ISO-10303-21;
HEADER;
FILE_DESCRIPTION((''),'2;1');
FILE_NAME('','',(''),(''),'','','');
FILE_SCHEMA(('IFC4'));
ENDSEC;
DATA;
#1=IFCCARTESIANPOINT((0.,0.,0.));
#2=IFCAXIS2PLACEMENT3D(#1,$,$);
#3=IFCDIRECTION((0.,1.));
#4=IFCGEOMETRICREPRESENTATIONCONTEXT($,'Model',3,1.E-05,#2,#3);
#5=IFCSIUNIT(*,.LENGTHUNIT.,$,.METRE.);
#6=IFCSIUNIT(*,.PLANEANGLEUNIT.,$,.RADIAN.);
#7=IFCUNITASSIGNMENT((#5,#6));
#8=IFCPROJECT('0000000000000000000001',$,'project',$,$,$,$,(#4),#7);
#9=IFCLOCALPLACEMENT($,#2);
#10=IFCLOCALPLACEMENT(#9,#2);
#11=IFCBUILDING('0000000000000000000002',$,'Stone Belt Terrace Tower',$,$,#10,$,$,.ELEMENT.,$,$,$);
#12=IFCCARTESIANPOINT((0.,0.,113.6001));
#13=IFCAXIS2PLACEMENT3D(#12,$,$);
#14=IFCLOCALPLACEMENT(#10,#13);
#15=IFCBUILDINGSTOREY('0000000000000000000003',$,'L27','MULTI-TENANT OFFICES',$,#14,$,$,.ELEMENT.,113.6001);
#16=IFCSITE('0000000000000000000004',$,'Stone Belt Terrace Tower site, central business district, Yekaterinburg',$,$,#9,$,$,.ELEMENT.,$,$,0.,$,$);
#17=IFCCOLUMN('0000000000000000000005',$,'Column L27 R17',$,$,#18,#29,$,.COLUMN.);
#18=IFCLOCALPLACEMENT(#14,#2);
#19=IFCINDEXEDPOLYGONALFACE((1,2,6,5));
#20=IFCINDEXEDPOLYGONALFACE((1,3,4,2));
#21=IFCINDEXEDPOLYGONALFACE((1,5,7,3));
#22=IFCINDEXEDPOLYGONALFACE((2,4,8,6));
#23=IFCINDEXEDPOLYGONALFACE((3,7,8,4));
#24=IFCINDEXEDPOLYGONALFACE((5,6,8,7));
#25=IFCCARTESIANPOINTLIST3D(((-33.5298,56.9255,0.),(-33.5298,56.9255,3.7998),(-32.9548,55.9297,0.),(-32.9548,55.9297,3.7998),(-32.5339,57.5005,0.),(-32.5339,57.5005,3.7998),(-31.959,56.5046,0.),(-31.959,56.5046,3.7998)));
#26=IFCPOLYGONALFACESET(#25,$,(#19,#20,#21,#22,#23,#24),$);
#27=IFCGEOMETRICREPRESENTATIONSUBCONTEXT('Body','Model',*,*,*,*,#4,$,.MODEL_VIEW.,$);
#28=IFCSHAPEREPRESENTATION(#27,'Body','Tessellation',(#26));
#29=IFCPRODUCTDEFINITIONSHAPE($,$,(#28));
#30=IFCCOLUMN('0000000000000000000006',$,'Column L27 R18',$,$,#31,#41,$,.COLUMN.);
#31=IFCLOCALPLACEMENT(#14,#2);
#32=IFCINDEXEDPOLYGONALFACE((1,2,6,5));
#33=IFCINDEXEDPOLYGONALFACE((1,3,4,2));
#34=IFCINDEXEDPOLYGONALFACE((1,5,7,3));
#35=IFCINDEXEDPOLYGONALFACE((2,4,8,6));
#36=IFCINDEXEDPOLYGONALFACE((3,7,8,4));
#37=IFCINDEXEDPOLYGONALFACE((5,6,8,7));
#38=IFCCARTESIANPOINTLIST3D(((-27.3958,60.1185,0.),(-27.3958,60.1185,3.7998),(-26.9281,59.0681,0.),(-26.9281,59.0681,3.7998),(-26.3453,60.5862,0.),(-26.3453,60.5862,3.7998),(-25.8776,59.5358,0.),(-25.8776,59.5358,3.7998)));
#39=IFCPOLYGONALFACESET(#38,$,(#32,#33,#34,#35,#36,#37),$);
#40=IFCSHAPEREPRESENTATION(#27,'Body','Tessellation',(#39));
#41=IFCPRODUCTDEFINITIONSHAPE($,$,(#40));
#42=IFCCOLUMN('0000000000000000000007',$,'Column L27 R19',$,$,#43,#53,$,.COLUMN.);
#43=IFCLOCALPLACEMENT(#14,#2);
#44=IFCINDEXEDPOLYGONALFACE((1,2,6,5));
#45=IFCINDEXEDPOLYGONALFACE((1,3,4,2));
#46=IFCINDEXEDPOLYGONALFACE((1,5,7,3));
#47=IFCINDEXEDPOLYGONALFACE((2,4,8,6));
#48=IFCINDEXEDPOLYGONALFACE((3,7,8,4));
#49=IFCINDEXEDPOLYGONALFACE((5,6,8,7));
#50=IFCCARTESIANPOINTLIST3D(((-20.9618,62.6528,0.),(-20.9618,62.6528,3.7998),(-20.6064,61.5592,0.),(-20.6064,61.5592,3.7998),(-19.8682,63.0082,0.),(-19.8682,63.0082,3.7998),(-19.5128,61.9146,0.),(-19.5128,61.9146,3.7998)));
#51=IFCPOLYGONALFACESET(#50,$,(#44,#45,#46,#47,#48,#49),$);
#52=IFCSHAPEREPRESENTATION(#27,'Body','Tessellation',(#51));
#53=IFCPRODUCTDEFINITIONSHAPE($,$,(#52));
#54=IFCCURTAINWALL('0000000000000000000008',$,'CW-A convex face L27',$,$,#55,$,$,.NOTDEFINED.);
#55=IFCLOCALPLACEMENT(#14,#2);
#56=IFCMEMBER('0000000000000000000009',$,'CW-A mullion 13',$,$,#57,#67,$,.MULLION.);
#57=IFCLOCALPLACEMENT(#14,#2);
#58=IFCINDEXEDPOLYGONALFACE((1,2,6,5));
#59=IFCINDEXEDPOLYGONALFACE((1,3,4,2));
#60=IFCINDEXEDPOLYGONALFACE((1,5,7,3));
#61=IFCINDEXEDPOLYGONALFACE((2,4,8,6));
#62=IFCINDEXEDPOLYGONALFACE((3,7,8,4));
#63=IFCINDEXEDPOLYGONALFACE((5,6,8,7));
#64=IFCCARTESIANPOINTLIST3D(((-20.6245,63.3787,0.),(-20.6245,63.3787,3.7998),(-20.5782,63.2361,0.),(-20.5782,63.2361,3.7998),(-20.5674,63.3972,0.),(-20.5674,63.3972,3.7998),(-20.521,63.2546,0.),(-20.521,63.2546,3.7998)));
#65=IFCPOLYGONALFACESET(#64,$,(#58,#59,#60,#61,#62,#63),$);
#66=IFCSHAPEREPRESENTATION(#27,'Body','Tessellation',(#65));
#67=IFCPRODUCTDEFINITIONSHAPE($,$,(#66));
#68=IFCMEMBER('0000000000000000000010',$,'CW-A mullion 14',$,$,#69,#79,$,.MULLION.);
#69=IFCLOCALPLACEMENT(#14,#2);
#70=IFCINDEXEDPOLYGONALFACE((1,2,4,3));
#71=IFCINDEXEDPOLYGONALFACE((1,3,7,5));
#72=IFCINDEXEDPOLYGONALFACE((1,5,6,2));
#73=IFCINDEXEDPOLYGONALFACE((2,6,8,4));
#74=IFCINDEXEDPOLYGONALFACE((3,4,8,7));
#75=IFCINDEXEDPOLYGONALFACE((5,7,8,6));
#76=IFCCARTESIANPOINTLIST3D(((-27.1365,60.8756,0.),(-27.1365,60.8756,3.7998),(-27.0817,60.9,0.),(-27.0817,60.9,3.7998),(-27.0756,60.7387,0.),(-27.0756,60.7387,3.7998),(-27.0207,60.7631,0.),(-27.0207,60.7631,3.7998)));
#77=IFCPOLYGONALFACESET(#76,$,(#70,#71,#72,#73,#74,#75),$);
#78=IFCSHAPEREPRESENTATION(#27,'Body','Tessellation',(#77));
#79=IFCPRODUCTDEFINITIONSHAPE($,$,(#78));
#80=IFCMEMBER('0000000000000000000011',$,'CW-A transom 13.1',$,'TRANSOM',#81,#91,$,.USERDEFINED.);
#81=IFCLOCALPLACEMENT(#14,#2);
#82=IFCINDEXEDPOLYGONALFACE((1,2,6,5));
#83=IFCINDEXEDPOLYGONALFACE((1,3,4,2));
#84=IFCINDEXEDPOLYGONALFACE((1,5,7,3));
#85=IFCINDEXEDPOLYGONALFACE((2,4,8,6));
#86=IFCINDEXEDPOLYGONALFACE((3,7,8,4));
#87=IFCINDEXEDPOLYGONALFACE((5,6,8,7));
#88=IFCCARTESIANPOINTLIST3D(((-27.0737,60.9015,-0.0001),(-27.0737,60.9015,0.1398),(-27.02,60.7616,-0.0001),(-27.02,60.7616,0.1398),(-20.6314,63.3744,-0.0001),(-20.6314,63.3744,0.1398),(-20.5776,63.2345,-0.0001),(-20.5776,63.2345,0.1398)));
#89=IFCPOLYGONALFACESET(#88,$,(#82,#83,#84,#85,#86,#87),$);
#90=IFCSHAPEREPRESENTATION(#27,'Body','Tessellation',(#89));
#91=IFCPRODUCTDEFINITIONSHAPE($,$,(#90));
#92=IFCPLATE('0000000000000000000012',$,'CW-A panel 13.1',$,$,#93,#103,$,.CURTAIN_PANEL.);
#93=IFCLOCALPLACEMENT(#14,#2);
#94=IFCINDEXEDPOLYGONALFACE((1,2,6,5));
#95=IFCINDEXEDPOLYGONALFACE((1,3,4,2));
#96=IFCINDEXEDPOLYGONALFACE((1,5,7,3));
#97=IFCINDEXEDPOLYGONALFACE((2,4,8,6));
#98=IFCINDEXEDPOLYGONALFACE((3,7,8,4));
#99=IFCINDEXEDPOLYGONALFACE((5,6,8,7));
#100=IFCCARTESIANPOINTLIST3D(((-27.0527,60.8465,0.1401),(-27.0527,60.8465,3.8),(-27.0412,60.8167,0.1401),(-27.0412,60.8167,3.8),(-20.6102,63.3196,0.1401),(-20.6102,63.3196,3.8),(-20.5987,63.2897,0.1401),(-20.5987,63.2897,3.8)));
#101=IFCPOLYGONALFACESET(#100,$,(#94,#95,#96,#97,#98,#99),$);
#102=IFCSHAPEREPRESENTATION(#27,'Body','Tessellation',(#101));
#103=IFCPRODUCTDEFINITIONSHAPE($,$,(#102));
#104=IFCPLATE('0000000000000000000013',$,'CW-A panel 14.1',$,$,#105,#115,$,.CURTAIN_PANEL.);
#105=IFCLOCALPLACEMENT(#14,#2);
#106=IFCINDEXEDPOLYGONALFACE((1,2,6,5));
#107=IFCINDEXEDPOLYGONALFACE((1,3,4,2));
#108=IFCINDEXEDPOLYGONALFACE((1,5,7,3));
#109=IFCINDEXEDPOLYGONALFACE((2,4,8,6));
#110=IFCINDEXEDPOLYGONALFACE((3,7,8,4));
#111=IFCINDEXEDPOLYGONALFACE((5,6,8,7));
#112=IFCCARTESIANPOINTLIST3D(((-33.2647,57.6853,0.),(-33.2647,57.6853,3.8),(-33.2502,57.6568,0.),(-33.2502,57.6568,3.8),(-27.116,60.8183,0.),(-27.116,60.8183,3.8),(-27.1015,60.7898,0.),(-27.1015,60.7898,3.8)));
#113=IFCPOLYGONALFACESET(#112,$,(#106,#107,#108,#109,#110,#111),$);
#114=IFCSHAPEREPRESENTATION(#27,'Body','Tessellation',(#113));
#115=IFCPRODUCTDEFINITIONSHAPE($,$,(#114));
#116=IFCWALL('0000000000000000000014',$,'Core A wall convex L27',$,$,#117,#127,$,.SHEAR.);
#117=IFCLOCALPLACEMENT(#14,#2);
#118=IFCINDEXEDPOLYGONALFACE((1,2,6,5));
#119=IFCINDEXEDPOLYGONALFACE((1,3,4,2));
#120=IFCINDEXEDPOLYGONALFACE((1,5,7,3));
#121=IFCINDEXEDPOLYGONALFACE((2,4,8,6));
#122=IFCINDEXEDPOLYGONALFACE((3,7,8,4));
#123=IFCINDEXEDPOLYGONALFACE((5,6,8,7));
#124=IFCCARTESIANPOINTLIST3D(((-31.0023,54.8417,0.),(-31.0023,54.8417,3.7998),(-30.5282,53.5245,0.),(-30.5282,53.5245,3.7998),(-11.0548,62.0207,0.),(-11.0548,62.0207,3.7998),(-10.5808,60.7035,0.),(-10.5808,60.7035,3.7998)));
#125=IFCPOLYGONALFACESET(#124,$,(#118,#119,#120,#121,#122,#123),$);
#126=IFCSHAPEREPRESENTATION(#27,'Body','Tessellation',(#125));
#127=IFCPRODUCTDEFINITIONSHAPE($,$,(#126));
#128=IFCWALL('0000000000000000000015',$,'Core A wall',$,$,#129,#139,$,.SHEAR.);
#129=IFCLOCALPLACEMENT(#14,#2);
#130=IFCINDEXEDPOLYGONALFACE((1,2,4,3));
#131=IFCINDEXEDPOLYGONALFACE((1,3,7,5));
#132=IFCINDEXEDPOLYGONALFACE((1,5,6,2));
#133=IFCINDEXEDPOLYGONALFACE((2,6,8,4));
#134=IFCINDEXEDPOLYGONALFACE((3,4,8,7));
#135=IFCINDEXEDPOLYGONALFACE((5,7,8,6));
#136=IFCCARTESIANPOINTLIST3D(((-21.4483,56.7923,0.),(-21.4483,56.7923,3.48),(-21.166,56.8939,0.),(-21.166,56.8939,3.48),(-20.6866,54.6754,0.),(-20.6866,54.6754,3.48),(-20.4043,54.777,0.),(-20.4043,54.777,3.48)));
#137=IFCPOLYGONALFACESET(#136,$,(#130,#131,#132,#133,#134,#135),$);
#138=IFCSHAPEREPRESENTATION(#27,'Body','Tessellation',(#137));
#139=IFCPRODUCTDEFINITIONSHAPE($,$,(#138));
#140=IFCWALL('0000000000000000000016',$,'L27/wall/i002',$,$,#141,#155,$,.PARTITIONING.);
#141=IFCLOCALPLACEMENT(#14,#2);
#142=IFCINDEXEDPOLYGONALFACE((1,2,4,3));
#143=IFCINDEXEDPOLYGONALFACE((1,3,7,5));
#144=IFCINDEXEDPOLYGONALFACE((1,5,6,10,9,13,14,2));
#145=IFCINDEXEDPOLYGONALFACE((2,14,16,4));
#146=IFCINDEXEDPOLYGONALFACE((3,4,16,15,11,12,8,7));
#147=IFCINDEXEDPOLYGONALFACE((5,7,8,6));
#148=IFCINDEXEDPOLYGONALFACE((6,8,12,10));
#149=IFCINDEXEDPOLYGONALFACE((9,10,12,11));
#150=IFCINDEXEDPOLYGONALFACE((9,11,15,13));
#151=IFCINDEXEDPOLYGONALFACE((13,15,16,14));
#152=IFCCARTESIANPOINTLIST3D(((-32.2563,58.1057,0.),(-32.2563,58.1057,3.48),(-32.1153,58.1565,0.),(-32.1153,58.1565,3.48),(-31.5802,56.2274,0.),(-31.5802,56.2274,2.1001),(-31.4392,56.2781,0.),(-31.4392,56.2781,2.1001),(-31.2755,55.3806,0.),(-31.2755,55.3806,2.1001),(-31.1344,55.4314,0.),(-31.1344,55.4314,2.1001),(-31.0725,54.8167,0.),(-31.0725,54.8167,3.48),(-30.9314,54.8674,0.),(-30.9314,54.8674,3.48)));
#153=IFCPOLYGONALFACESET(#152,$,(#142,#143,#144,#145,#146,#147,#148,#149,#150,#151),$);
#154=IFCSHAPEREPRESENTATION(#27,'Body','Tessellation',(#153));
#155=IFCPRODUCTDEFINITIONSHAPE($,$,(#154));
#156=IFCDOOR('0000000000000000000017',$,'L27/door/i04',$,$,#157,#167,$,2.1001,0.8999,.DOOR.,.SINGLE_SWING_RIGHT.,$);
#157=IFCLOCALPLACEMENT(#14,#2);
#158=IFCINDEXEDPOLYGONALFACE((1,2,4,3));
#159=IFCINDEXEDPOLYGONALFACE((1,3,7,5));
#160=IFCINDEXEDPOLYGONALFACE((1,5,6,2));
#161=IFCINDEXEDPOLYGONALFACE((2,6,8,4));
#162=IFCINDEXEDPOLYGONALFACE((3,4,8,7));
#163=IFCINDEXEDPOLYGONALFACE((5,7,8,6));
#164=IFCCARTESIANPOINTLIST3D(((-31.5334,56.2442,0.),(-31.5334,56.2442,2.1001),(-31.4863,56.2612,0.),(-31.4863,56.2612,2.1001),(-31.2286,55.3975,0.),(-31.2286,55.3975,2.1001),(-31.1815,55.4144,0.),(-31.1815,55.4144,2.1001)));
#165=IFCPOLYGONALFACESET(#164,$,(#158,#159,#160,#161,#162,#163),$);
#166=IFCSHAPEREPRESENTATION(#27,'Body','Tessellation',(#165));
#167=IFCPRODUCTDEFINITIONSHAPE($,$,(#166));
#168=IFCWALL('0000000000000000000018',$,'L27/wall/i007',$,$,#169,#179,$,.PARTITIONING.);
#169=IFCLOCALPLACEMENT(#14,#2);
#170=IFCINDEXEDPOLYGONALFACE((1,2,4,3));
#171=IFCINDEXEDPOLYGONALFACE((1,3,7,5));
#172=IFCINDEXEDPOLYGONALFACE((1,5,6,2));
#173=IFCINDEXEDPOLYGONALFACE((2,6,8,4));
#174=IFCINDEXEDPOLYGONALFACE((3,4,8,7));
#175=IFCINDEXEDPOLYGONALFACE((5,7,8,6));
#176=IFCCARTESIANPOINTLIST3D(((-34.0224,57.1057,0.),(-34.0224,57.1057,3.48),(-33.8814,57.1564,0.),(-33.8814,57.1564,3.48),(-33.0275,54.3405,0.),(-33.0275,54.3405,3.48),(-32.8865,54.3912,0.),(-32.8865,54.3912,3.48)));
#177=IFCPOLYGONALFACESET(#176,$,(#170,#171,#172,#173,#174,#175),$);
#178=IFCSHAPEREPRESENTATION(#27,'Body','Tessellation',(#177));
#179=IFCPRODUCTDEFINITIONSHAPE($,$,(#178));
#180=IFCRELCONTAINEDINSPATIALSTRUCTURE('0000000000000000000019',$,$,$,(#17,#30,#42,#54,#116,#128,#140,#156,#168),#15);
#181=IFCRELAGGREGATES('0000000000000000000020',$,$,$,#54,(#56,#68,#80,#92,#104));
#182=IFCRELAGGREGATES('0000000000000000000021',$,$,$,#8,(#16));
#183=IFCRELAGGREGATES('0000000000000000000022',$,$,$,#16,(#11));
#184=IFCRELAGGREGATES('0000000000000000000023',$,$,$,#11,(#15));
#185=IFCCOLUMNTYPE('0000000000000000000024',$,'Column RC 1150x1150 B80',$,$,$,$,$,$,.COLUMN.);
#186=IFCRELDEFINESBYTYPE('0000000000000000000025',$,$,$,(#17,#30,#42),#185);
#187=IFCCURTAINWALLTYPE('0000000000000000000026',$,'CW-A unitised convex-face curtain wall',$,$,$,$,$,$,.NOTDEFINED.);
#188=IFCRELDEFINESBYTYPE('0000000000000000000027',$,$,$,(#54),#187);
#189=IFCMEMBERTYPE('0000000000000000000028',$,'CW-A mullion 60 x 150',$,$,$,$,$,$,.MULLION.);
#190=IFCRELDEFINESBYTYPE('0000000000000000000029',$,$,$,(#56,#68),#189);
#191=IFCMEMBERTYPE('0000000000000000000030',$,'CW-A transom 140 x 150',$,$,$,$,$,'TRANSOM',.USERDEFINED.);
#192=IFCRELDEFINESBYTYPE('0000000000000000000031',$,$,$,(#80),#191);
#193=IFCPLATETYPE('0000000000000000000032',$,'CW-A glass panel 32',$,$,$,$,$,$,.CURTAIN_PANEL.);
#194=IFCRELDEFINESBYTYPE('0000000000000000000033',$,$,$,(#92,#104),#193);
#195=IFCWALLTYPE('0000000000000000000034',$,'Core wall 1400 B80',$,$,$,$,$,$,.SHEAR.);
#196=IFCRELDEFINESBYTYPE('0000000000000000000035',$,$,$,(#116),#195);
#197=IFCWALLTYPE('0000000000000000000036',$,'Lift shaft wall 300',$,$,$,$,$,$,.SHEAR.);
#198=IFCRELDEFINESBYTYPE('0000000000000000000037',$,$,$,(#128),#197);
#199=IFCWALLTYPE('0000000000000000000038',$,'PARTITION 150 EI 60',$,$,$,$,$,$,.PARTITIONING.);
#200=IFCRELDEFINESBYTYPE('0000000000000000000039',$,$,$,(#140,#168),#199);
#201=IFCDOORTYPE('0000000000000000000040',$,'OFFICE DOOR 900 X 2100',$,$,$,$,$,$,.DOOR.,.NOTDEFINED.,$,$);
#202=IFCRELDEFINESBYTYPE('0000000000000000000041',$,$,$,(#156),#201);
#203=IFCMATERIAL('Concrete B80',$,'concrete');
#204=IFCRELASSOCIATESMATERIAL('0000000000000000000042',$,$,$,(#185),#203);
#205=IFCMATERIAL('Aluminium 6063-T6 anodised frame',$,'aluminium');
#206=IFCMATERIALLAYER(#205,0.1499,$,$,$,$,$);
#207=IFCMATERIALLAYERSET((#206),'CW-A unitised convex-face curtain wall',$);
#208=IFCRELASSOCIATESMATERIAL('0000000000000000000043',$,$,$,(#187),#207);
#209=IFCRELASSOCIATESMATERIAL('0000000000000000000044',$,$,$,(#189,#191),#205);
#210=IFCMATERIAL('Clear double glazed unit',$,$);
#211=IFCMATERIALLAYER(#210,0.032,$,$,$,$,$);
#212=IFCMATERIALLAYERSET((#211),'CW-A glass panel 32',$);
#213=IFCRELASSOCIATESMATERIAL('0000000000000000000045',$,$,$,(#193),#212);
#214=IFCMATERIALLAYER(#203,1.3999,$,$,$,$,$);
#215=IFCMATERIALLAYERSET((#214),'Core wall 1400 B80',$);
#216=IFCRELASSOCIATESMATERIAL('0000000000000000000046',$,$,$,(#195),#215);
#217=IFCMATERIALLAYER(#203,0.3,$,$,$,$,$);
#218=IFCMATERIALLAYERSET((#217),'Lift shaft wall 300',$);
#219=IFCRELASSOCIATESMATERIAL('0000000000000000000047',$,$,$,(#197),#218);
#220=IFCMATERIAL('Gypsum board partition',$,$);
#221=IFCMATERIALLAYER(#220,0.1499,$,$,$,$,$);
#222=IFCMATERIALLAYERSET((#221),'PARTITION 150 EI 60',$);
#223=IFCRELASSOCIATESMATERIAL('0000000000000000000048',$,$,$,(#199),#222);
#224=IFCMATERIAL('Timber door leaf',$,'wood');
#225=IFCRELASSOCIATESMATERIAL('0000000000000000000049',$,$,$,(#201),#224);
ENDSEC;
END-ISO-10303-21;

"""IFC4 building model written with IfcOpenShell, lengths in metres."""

from ifc_helpers import new_model, si_unit, direction, frame, frame_2d, origin, origin_2d, place, context, subcontext, project, spatial, rectangle, extrude, material, layer, layer_set, material_profile, profile_set, type_object, element, fill, aggregate, save


model = new_model("IFC4")

# Units and contexts
model_context = context("Model", 3, precision=1e-05, world=origin(), true_north=direction((0.0, 1.0)))
body_context = subcontext(model_context, "Body", "Model", "MODEL_VIEW")
ifc_project = project(units=[si_unit("LENGTHUNIT", "METRE"), si_unit("PLANEANGLEUNIT", "RADIAN")], contexts=[model_context])

# Site, building, storey
site_placement = place(None, origin())
site = spatial("IfcSite", under=ifc_project, at=site_placement, Name="Stone Belt Terrace Tower site, central business district, Yekaterinburg", CompositionType="ELEMENT", RefElevation=0.0)
building_placement = place(site_placement, origin())
building = spatial("IfcBuilding", under=site, at=building_placement, Name="Stone Belt Terrace Tower", CompositionType="ELEMENT")
storey_placement = place(building_placement, frame((0.0, 0.0, 113.6001)))
storey = spatial("IfcBuildingStorey", under=building, at=storey_placement, Name="L27", Description="MULTI-TENANT OFFICES", CompositionType="ELEMENT", Elevation=113.6001)

# Columns
ifc_material_1 = material(Name="Concrete B80", Category="concrete")
ifc_material_profile_1 = material_profile(ifc_material_1, rectangle(XDim=1.1499, YDim=1.1499, at=origin_2d()), Name="RC 1150x1150")
ifc_profile_set_1 = profile_set([ifc_material_profile_1], Name="Concrete B80")
column_type = type_object("IfcColumnType", Name="Column RC 1150x1150 B80", PredefinedType="COLUMN", material=ifc_profile_set_1)
for number, where, z_axis, x_axis, name in (
    (1, (-32.7444, 56.7151, 0.0), (0.0, 0.0, 1.0), (0.866025, 0.5, 0.0), "Column L27 R17"),
    (2, (-26.6367, 59.8271, 0.0), (0.0, 0.0, 1.0), (0.913545, 0.406737, 0.0), "Column L27 R18"),
    (3, (-20.2373, 62.2837, 0.0), (0.0, 0.0, 1.0), (0.951057, 0.309017, 0.0), "Column L27 R19"),
):
    element("IfcColumn", number, at=place(storey_placement, frame(where, z_axis=z_axis, x_axis=x_axis)), inside=storey, type_object=column_type, Name=name, PredefinedType="COLUMN", context=body_context, shape_type="SweptSolid", body=[
        extrude(rectangle(XDim=1.1499, YDim=1.1499, at=origin_2d()), origin(), (0.0, 0.0, 1.0), 3.7998),
    ])

# Curtain wall, members, plates
ifc_material_2 = material(Name="Aluminium 6063-T6 anodised frame", Category="aluminium")
ifc_layer_1 = layer(ifc_material_2, 0.1499)
ifc_layer_set_1 = layer_set([ifc_layer_1], Name="CW-A unitised convex-face curtain wall")
curtain_wall_type = type_object("IfcCurtainWallType", Name="CW-A unitised convex-face curtain wall", PredefinedType="NOTDEFINED", material=ifc_layer_set_1)
curtain_wall_placement = place(storey_placement, origin())
curtain_wall = element("IfcCurtainWall", 4, at=curtain_wall_placement, inside=storey, type_object=curtain_wall_type, Name="CW-A convex face L27", PredefinedType="NOTDEFINED")
ifc_material_profile_2 = material_profile(ifc_material_2, rectangle(XDim=0.1499, YDim=0.0601, at=origin_2d()), Name="Aluminium 6063-T6 60x150")
ifc_profile_set_2 = profile_set([ifc_material_profile_2], Name="Aluminium 6063-T6 anodised frame")
member_type_1 = type_object("IfcMemberType", Name="CW-A mullion 60 x 150", PredefinedType="MULLION", material=ifc_profile_set_2)
member_1_placement = place(storey_placement, frame((-20.5728, 63.3167, 0.0), z_axis=(0.0, 0.0, 1.0), x_axis=(0.309017, -0.951057, 0.0)))
member_1 = element("IfcMember", 5, at=member_1_placement, type_object=member_type_1, Name="CW-A mullion 13", PredefinedType="MULLION", context=body_context, shape_type="SweptSolid", body=[
    extrude(rectangle(XDim=0.1499, YDim=0.0601, at=origin_2d()), origin(), (0.0, 0.0, 1.0), 3.7998),
])
member_2_placement = place(storey_placement, frame((-27.0786, 60.8193, 0.0), z_axis=(0.0, 0.0, 1.0), x_axis=(0.406737, -0.913545, 0.0)))
member_2 = element("IfcMember", 6, at=member_2_placement, type_object=member_type_1, Name="CW-A mullion 14", PredefinedType="MULLION", context=body_context, shape_type="SweptSolid", body=[
    extrude(rectangle(XDim=0.1499, YDim=0.0601, at=origin_2d()), origin(), (0.0, 0.0, 1.0), 3.7998),
])
ifc_material_profile_3 = material_profile(ifc_material_2, rectangle(XDim=0.1499, YDim=0.1399, at=origin_2d()), Name="Aluminium 6063-T6 150x140")
ifc_profile_set_3 = profile_set([ifc_material_profile_3], Name="Aluminium 6063-T6 anodised frame")
member_type_2 = type_object("IfcMemberType", Name="CW-A transom 140 x 150", ElementType="TRANSOM", PredefinedType="USERDEFINED", material=ifc_profile_set_3)
member_3_placement = place(storey_placement, frame((-20.6045, 63.3044, 0.0698), z_axis=(-0.933585, -0.358355, 0.0), x_axis=(0.358355, -0.933585, 0.0)))
member_3 = element("IfcMember", 7, at=member_3_placement, type_object=member_type_2, Name="CW-A transom 13.1", ObjectType="TRANSOM", PredefinedType="USERDEFINED", context=body_context, shape_type="SweptSolid", body=[
    extrude(rectangle(XDim=0.1499, YDim=0.1399, at=origin_2d()), origin(), (0.0, 0.0, 1.0), 6.9006),
])
ifc_material_3 = material(Name="Clear double glazed unit")
ifc_layer_2 = layer(ifc_material_3, 0.032)
ifc_layer_set_2 = layer_set([ifc_layer_2], Name="CW-A glass panel 32")
plate_type = type_object("IfcPlateType", Name="CW-A glass panel 32", PredefinedType="CURTAIN_PANEL", material=ifc_layer_set_2)
plate_1_placement = place(storey_placement, frame((-23.8257, 62.0681, 0.1401), z_axis=(0.0, 0.0, 1.0), x_axis=(-0.93358, -0.358368, 0.0)))
plate_1 = element("IfcPlate", 8, at=plate_1_placement, type_object=plate_type, Name="CW-A panel 13.1", PredefinedType="CURTAIN_PANEL", context=body_context, shape_type="SweptSolid", body=[
    extrude(rectangle(XDim=6.9009, YDim=0.032, at=origin_2d()), origin(), (0.0, 0.0, 1.0), 3.6599),
])
plate_2_placement = place(storey_placement, frame((-30.1831, 59.2375, 0.0), z_axis=(0.0, 0.0, 1.0), x_axis=(-0.891007, -0.45399, 0.0)))
plate_2 = element("IfcPlate", 9, at=plate_2_placement, type_object=plate_type, Name="CW-A panel 14.1", PredefinedType="CURTAIN_PANEL", context=body_context, shape_type="SweptSolid", body=[
    extrude(rectangle(XDim=6.9009, YDim=0.032, at=origin_2d()), origin(), (0.0, 0.0, 1.0), 3.8),
])
aggregate(curtain_wall, [member_1, member_2, member_3, plate_1, plate_2])

# Walls
ifc_layer_3 = layer(ifc_material_1, 1.3999)
ifc_layer_set_3 = layer_set([ifc_layer_3], Name="Core wall 1400 B80")
wall_type_1 = type_object("IfcWallType", Name="Core wall 1400 B80", PredefinedType="SHEAR", material=ifc_layer_set_3)
wall_1_placement = place(storey_placement, frame((-30.7654, 54.1831, 0.0), z_axis=(0.0, 0.0, 1.0), x_axis=(0.94092, 0.33863, 0.0)))
element("IfcWall", 10, at=wall_1_placement, inside=storey, type_object=wall_type_1, Name="Core A wall convex L27", PredefinedType="SHEAR", context=body_context, shape_type="SweptSolid", body=[
    extrude(rectangle(XDim=21.2, YDim=1.3999, at=frame_2d((10.6001, 0.0))), origin(), (0.0, 0.0, 1.0), 3.7998),
])
ifc_layer_4 = layer(ifc_material_1, 0.3)
ifc_layer_set_4 = layer_set([ifc_layer_4], Name="Lift shaft wall 300")
wall_type_2 = type_object("IfcWallType", Name="Lift shaft wall 300", PredefinedType="SHEAR", material=ifc_layer_set_4)
wall_2_placement = place(storey_placement, frame((-20.5454, 54.7261, 0.0), z_axis=(0.0, 0.0, 1.0), x_axis=(-0.33857, 0.940941, 0.0)))
element("IfcWall", 11, at=wall_2_placement, inside=storey, type_object=wall_type_2, Name="Core A wall", PredefinedType="SHEAR", context=body_context, shape_type="SweptSolid", body=[
    extrude(rectangle(XDim=2.2498, YDim=0.3, at=frame_2d((1.125, 0.0))), origin(), (0.0, 0.0, 1.0), 3.48),
])

# Wall, opening, door
ifc_material_4 = material(Name="Gypsum board partition")
ifc_layer_5 = layer(ifc_material_4, 0.1499)
ifc_layer_set_5 = layer_set([ifc_layer_5], Name="PARTITION 150 EI 60")
wall_type_3 = type_object("IfcWallType", Name="PARTITION 150 EI 60", PredefinedType="PARTITIONING", material=ifc_layer_set_5)
wall_3_placement = place(storey_placement, frame((-32.1858, 58.1311, 0.0), z_axis=(0.0, 0.0, 1.0), x_axis=(0.338663, -0.940908, 0.0)))
wall_3 = element("IfcWall", 12, at=wall_3_placement, inside=storey, type_object=wall_type_3, Name="L27/wall/i002", PredefinedType="PARTITIONING", context=body_context, shape_type="SweptSolid", body=[
    extrude(rectangle(XDim=3.4956, YDim=0.1499, at=frame_2d((1.7478, 0.0))), origin(), (0.0, 0.0, 1.0), 3.48),
])
opening_placement = place(wall_3_placement, frame((1.9963, 0.0, 0.0)))
opening = element("IfcOpeningElement", 13, at=opening_placement, cuts=wall_3, PredefinedType="OPENING", context=body_context, shape_type="SweptSolid", body=[
    extrude(rectangle(XDim=0.8999, YDim=2.1001, at=frame_2d((0.45, 1.05))), frame((0.0, 0.085, 0.0), z_axis=(0.0, -1.0, 0.0), x_axis=(1.0, 0.0, 0.0)), (0.0, 0.0, 1.0), 0.1699),
])
ifc_material_5 = material(Name="Timber door leaf", Category="wood")
door_type = type_object("IfcDoorType", Name="OFFICE DOOR 900 X 2100", OperationType="NOTDEFINED", PredefinedType="DOOR", material=ifc_material_5)
door_placement = place(opening_placement, origin())
door = element("IfcDoor", 14, at=door_placement, inside=storey, type_object=door_type, Name="L27/door/i04", OperationType="SINGLE_SWING_RIGHT", OverallHeight=2.1001, OverallWidth=0.8999, PredefinedType="DOOR", context=body_context, shape_type="SweptSolid", body=[
    extrude(rectangle(XDim=0.8999, YDim=2.1001, at=frame_2d((0.45, 1.05))), frame((0.0, 0.0249, 0.0), z_axis=(0.0, -1.0, 0.0), x_axis=(1.0, 0.0, 0.0)), (0.0, 0.0, 1.0), 0.05),
])
fill(opening, door)

# Wall
wall_4_placement = place(storey_placement, frame((-32.957, 54.366, 0.0), z_axis=(0.0, 0.0, 1.0), x_axis=(-0.338546, 0.94095, 0.0)))
element("IfcWall", 15, at=wall_4_placement, inside=storey, type_object=wall_type_3, Name="L27/wall/i007", PredefinedType="PARTITIONING", context=body_context, shape_type="SweptSolid", body=[
    extrude(rectangle(XDim=2.9387, YDim=0.1499, at=frame_2d((1.4692, 0.0))), origin(), (0.0, 0.0, 1.0), 3.48),
])

save(model, "model.ifc")
